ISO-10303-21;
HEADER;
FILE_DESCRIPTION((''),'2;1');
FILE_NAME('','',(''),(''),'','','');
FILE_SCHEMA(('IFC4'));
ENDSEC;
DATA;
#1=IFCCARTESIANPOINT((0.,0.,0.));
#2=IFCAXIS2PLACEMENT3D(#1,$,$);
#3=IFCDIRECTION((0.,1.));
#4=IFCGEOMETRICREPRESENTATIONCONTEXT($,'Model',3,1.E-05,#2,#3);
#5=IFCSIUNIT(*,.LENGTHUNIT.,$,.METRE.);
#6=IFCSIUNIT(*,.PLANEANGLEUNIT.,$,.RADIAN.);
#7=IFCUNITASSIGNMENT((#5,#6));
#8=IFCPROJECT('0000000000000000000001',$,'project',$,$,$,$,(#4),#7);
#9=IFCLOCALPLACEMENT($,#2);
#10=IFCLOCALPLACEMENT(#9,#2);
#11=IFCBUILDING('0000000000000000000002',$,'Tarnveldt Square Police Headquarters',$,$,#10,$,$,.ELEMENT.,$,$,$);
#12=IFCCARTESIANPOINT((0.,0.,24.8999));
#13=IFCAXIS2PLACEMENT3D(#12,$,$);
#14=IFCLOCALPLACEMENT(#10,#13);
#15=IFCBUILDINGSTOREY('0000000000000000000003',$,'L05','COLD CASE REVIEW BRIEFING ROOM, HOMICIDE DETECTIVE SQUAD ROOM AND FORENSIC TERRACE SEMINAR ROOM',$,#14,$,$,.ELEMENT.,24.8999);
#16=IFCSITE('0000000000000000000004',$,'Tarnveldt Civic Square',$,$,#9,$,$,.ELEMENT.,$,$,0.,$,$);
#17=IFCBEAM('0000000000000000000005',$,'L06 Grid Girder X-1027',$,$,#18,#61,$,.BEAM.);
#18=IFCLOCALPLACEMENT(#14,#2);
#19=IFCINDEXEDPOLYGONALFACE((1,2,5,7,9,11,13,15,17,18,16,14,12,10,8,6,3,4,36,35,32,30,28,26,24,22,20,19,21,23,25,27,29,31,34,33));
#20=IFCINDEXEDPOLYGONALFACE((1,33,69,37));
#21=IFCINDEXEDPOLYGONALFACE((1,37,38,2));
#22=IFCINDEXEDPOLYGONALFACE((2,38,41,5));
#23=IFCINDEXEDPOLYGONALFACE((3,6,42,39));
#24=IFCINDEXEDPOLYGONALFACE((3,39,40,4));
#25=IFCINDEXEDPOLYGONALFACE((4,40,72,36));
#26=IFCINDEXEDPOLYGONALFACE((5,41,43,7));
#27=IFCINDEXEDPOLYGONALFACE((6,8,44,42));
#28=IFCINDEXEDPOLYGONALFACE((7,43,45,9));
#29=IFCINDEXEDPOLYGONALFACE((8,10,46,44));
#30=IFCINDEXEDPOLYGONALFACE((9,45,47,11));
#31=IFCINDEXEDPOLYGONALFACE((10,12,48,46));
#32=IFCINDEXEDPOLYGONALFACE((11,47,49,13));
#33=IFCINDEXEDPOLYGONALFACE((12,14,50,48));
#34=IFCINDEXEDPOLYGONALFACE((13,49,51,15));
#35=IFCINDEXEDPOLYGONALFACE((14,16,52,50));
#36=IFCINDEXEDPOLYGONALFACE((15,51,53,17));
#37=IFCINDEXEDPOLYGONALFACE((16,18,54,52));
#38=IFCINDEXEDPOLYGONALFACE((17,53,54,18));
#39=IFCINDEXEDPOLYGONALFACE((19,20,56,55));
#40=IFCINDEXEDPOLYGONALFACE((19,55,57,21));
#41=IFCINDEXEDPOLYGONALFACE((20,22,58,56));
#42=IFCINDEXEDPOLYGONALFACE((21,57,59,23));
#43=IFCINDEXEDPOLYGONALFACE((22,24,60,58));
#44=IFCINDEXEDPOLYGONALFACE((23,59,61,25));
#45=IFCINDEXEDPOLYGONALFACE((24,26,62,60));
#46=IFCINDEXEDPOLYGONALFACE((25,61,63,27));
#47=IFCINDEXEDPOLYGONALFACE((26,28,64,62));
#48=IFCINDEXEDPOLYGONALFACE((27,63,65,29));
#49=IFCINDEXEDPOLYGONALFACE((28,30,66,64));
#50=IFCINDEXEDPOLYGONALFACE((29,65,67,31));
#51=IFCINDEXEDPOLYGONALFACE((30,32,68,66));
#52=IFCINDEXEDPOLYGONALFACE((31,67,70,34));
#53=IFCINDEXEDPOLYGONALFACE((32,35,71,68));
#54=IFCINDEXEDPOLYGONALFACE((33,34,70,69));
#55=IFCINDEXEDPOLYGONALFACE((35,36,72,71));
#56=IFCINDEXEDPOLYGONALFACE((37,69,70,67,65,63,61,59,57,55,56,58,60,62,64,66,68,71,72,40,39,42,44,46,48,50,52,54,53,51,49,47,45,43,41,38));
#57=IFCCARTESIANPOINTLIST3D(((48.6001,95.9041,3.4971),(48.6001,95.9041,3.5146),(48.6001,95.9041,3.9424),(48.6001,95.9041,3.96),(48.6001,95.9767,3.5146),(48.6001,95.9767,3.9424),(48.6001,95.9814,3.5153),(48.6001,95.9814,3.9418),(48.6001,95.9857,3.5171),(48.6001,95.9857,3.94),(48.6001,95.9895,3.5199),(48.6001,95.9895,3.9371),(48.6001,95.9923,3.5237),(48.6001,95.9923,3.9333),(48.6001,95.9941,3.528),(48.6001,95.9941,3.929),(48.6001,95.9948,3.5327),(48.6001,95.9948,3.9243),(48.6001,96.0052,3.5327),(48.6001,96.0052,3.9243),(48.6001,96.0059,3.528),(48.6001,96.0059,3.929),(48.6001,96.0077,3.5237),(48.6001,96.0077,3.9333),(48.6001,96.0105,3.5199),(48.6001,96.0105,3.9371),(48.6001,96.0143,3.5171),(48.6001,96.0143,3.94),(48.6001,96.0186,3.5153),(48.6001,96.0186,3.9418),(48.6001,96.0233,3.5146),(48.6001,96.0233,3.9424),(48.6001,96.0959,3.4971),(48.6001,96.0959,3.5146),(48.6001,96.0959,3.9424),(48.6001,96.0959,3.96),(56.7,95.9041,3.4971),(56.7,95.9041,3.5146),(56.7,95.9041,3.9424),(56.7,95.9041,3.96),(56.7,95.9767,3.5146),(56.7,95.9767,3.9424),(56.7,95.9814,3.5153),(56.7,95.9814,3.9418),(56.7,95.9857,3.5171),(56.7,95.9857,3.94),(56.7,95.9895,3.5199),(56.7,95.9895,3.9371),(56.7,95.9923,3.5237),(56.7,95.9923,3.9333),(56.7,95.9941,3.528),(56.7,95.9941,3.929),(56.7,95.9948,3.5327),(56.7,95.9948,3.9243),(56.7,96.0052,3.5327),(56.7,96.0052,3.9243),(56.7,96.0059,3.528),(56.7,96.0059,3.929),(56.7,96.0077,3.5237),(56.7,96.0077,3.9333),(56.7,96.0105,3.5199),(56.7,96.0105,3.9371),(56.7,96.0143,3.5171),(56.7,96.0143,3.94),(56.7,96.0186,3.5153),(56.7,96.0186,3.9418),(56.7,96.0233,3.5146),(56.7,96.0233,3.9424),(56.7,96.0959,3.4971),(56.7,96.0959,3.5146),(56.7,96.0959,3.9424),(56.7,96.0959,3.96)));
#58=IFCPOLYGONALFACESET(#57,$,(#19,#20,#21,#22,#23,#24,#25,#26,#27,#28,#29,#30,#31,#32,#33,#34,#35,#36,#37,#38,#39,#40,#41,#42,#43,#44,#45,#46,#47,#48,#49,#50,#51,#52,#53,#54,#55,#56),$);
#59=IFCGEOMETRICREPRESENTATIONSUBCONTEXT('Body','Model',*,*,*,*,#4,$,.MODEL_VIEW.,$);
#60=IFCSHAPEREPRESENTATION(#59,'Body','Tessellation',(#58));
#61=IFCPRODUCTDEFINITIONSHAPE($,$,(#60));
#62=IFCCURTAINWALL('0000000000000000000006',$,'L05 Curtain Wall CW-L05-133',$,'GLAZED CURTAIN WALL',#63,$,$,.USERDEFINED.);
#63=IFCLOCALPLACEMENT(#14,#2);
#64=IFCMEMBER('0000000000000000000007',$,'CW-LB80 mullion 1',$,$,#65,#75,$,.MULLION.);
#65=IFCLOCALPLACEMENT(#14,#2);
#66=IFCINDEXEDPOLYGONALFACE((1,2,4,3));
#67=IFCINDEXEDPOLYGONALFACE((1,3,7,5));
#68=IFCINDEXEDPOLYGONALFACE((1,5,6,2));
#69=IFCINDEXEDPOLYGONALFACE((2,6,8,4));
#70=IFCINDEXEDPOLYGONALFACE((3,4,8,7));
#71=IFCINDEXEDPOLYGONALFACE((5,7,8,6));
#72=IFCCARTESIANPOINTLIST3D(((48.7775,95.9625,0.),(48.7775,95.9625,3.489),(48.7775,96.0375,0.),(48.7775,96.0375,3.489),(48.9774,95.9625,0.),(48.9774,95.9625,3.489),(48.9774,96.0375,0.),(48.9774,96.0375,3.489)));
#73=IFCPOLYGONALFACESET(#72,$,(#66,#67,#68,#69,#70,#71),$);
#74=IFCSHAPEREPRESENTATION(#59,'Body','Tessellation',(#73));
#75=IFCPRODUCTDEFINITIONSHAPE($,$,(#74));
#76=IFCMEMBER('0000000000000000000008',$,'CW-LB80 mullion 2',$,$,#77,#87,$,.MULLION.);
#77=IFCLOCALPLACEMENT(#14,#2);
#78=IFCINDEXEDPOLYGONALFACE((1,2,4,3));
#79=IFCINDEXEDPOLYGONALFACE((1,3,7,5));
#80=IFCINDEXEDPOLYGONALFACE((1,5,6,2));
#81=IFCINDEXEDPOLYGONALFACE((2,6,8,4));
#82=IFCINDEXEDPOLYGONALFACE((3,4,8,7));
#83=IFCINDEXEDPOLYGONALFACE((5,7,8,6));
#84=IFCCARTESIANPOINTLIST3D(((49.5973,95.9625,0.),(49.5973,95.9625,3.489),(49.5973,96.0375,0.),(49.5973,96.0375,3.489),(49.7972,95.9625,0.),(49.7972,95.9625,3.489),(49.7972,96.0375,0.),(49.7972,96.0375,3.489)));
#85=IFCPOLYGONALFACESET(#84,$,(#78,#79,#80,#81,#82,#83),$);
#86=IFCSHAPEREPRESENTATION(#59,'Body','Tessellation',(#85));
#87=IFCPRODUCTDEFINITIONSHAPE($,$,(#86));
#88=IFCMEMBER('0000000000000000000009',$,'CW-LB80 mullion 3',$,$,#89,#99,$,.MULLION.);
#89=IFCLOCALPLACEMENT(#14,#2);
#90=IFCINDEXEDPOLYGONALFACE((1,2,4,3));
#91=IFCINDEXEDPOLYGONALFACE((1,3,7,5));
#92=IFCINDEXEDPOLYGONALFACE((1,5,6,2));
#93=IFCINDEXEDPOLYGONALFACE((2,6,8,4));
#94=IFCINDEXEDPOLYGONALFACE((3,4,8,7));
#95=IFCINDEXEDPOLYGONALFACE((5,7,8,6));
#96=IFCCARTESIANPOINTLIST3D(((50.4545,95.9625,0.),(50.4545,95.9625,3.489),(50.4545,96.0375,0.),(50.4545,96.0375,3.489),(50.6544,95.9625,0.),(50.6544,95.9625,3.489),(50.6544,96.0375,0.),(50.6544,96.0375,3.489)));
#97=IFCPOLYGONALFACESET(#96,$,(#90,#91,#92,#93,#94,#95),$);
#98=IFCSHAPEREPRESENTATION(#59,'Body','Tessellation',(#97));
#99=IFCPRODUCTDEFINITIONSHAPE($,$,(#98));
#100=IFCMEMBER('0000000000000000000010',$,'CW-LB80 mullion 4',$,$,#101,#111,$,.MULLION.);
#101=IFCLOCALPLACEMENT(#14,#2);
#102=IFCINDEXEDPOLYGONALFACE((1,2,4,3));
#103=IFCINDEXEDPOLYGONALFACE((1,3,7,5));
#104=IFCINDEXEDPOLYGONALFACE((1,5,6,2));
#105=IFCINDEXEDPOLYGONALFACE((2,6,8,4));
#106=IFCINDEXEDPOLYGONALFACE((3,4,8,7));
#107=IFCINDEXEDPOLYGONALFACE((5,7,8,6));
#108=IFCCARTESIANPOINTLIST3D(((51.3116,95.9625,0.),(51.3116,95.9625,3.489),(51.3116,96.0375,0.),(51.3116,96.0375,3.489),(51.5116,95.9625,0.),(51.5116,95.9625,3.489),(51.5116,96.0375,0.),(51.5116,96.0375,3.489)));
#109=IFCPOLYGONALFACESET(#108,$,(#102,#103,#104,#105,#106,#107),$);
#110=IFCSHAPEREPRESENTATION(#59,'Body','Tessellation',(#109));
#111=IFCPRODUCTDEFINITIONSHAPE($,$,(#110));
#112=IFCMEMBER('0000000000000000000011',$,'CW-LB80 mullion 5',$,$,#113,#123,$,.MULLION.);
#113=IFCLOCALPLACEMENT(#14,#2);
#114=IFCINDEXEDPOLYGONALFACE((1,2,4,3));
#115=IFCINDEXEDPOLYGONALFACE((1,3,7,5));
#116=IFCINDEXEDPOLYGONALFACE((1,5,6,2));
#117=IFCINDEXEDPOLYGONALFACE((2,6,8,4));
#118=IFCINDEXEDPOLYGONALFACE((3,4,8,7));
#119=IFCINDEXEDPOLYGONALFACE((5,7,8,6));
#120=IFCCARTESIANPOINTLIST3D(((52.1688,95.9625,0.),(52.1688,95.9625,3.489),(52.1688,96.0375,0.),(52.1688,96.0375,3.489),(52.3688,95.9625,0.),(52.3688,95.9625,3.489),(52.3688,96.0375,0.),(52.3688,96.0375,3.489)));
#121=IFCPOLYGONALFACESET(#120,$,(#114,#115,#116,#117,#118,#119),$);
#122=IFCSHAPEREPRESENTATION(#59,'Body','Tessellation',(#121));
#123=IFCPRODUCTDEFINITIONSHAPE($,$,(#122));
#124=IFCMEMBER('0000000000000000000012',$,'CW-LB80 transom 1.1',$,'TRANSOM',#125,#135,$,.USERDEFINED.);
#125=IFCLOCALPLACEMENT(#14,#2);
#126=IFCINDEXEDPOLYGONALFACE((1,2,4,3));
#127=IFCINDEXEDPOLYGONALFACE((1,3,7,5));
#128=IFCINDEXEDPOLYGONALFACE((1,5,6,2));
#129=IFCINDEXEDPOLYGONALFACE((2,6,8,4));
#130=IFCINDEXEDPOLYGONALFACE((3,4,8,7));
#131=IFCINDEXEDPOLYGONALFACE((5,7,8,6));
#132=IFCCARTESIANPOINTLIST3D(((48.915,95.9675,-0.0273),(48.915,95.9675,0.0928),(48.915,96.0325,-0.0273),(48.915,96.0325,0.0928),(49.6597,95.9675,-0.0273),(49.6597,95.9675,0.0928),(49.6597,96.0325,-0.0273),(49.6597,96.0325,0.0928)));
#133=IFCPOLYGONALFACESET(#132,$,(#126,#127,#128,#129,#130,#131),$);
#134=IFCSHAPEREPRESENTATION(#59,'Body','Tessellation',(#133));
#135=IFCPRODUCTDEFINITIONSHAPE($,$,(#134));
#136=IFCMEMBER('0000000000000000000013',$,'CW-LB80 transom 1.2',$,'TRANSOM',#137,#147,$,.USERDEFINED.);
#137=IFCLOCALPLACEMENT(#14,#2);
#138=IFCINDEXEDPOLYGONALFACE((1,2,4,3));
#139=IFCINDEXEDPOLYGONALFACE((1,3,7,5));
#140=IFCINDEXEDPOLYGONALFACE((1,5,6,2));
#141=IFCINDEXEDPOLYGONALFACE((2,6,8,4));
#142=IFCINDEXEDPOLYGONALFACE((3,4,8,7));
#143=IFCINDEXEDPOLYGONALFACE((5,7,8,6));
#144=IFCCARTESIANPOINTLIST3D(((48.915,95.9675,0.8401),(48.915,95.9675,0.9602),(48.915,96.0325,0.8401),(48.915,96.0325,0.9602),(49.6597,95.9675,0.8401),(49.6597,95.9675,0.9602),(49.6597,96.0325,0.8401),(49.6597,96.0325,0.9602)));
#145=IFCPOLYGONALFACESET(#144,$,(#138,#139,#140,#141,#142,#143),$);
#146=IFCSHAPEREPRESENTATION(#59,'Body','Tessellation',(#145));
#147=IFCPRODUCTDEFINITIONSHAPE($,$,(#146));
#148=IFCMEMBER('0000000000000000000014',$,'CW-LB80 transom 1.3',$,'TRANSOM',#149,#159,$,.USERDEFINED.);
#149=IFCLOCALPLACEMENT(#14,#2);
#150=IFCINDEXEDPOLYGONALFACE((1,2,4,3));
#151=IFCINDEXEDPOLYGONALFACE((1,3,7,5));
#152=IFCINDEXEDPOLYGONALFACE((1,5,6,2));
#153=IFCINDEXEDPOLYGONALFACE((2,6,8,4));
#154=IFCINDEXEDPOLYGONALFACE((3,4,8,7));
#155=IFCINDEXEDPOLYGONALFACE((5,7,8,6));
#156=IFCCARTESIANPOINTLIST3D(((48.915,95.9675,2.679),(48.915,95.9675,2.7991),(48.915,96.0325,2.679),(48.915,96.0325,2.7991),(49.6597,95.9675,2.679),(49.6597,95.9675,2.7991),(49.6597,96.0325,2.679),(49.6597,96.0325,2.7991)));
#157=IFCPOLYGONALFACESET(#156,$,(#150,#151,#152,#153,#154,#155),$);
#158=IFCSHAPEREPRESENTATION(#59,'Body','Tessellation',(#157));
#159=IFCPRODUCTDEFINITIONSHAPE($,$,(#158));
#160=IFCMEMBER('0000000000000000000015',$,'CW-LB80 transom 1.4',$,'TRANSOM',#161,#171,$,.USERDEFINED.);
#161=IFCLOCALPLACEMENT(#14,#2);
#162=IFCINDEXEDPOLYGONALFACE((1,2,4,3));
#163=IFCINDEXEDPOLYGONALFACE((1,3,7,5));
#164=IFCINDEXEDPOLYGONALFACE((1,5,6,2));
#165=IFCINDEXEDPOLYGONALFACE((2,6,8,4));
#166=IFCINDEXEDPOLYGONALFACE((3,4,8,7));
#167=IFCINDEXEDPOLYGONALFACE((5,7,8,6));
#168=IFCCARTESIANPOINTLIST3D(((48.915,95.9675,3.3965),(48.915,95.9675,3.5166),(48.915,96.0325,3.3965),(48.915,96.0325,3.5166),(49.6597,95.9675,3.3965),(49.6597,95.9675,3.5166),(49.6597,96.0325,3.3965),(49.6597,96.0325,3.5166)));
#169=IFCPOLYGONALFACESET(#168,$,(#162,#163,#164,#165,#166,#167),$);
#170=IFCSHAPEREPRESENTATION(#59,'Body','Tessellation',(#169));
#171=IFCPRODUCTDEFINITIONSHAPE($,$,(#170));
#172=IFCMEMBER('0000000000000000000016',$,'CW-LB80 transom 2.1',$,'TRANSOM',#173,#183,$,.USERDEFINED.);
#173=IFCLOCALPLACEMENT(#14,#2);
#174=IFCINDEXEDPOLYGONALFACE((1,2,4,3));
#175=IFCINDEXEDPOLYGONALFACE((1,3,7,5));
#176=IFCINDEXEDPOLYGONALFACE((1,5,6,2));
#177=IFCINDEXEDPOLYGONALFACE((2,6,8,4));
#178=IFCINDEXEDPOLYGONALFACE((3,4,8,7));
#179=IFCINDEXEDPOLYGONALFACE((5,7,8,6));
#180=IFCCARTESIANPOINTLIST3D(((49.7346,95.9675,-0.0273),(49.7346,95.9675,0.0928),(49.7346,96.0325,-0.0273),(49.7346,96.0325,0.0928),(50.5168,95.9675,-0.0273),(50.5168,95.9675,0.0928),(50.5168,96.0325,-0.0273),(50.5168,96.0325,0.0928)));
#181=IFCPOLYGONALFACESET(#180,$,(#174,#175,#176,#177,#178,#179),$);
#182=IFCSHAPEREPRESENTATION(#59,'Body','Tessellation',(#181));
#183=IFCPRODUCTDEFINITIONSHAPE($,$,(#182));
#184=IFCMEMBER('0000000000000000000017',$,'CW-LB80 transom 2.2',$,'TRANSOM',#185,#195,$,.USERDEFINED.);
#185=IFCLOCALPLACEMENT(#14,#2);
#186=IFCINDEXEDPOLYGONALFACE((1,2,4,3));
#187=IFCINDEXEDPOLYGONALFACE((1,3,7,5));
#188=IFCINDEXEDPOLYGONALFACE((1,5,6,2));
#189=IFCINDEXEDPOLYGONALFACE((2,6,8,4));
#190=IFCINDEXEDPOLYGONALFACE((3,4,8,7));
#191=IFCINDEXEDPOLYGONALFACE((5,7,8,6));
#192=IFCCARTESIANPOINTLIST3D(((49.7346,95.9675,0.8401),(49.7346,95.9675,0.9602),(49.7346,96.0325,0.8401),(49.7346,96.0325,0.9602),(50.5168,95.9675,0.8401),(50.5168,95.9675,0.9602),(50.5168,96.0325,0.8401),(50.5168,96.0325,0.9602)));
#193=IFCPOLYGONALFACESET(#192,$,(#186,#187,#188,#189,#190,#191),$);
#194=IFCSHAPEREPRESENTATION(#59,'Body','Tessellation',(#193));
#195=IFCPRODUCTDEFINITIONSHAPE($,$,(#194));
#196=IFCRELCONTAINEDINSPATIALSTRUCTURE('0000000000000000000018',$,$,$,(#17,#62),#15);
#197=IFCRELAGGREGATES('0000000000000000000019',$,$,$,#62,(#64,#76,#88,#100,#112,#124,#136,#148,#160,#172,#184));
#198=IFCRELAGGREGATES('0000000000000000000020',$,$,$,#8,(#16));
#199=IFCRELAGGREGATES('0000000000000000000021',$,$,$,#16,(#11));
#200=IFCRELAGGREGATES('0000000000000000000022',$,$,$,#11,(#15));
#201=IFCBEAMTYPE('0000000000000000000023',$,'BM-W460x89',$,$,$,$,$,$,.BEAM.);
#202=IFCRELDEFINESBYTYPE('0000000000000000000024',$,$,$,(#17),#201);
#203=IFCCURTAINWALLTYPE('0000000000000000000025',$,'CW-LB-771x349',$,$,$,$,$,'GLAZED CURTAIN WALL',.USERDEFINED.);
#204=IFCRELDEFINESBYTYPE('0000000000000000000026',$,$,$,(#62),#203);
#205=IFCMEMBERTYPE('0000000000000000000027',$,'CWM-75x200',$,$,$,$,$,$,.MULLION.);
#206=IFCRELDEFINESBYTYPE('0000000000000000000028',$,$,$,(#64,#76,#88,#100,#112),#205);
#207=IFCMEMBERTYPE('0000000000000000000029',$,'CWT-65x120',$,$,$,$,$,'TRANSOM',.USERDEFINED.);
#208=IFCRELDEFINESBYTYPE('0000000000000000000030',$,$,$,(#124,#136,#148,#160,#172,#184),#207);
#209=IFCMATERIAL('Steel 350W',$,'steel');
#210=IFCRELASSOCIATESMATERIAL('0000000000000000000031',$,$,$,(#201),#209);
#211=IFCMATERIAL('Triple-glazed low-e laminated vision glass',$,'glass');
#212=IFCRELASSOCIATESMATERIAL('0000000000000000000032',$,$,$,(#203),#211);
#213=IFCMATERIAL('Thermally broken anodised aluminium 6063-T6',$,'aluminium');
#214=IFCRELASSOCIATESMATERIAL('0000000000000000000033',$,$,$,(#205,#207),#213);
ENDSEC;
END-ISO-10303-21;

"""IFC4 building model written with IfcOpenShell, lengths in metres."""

from ifc_helpers import new_model, si_unit, direction, frame, origin, origin_2d, place, context, subcontext, project, spatial, rectangle, i_section, extrude, material, material_profile, profile_set, type_object, element, aggregate, save


model = new_model("IFC4")

# Units and contexts
model_context = context("Model", 3, precision=1e-05, world=origin(), true_north=direction((0.0, 1.0)))
body_context = subcontext(model_context, "Body", "Model", "MODEL_VIEW")
ifc_project = project(units=[si_unit("LENGTHUNIT", "METRE"), si_unit("PLANEANGLEUNIT", "RADIAN")], contexts=[model_context])

# Site, building, storey
site_placement = place(None, origin())
site = spatial("IfcSite", under=ifc_project, at=site_placement, Name="Tarnveldt Civic Square", CompositionType="ELEMENT", RefElevation=0.0)
building_placement = place(site_placement, origin())
building = spatial("IfcBuilding", under=site, at=building_placement, Name="Tarnveldt Square Police Headquarters", CompositionType="ELEMENT")
storey_placement = place(building_placement, frame((0.0, 0.0, 24.8999)))
storey = spatial("IfcBuildingStorey", under=building, at=storey_placement, Name="L05", Description="COLD CASE REVIEW BRIEFING ROOM, HOMICIDE DETECTIVE SQUAD ROOM AND FORENSIC TERRACE SEMINAR ROOM", CompositionType="ELEMENT", Elevation=24.8999)

# Beam
ifc_material_1 = material(Name="Steel 350W", Category="steel")
ifc_material_profile_1 = material_profile(ifc_material_1, i_section(OverallWidth=0.1919, OverallDepth=0.4629, WebThickness=0.0105, FlangeThickness=0.0176, FilletRadius=0.0181, at=origin_2d()), Name="W460x89")
ifc_profile_set_1 = profile_set([ifc_material_profile_1], Name="Steel 350W")
beam_type = type_object("IfcBeamType", Name="BM-W460x89", PredefinedType="BEAM", material=ifc_profile_set_1)
beam_placement = place(storey_placement, frame((48.6001, 96.0, 3.7285), z_axis=(1.0, 0.0, 0.0), x_axis=(0.0, 1.0, 0.0)))
element("IfcBeam", 1, at=beam_placement, inside=storey, type_object=beam_type, Name="L06 Grid Girder X-1027", PredefinedType="BEAM", context=body_context, shape_type="SweptSolid", body=[
    extrude(i_section(OverallWidth=0.1919, OverallDepth=0.4629, WebThickness=0.0105, FlangeThickness=0.0176, FilletRadius=0.0181, at=origin_2d()), origin(), (0.0, 0.0, 1.0), 8.0999),
])

# Curtain wall, members
ifc_material_2 = material(Name="Triple-glazed low-e laminated vision glass", Category="glass")
curtain_wall_type = type_object("IfcCurtainWallType", Name="CW-LB-771x349", ElementType="GLAZED CURTAIN WALL", PredefinedType="USERDEFINED", material=ifc_material_2)
curtain_wall_placement = place(storey_placement, origin())
curtain_wall = element("IfcCurtainWall", 2, at=curtain_wall_placement, inside=storey, type_object=curtain_wall_type, Name="L05 Curtain Wall CW-L05-133", ObjectType="GLAZED CURTAIN WALL", PredefinedType="USERDEFINED")
ifc_material_3 = material(Name="Thermally broken anodised aluminium 6063-T6", Category="aluminium")
ifc_material_profile_2 = material_profile(ifc_material_3, rectangle(XDim=0.075, YDim=0.2, at=origin_2d()), Name="CW-M75x200")
ifc_profile_set_2 = profile_set([ifc_material_profile_2], Name="Thermally broken anodised aluminium 6063-T6")
member_type_1 = type_object("IfcMemberType", Name="CWM-75x200", PredefinedType="MULLION", material=ifc_profile_set_2)
member_1_placement = place(storey_placement, frame((48.8774, 96.0, 0.0), z_axis=(0.0, 0.0, 1.0), x_axis=(0.0, 1.0, 0.0)))
member_1 = element("IfcMember", 3, at=member_1_placement, type_object=member_type_1, Name="CW-LB80 mullion 1", PredefinedType="MULLION", context=body_context, shape_type="SweptSolid", body=[
    extrude(rectangle(XDim=0.075, YDim=0.2, at=origin_2d()), origin(), (0.0, 0.0, 1.0), 3.489),
])
member_2_placement = place(storey_placement, frame((49.6973, 96.0, 0.0), z_axis=(0.0, 0.0, 1.0), x_axis=(0.0, 1.0, 0.0)))
member_2 = element("IfcMember", 4, at=member_2_placement, type_object=member_type_1, Name="CW-LB80 mullion 2", PredefinedType="MULLION", context=body_context, shape_type="SweptSolid", body=[
    extrude(rectangle(XDim=0.075, YDim=0.2, at=origin_2d()), origin(), (0.0, 0.0, 1.0), 3.489),
])
member_3_placement = place(storey_placement, frame((50.5544, 96.0, 0.0), z_axis=(0.0, 0.0, 1.0), x_axis=(0.0, 1.0, 0.0)))
member_3 = element("IfcMember", 5, at=member_3_placement, type_object=member_type_1, Name="CW-LB80 mullion 3", PredefinedType="MULLION", context=body_context, shape_type="SweptSolid", body=[
    extrude(rectangle(XDim=0.075, YDim=0.2, at=origin_2d()), origin(), (0.0, 0.0, 1.0), 3.489),
])
member_4_placement = place(storey_placement, frame((51.4116, 96.0, 0.0), z_axis=(0.0, 0.0, 1.0), x_axis=(0.0, 1.0, 0.0)))
member_4 = element("IfcMember", 6, at=member_4_placement, type_object=member_type_1, Name="CW-LB80 mullion 4", PredefinedType="MULLION", context=body_context, shape_type="SweptSolid", body=[
    extrude(rectangle(XDim=0.075, YDim=0.2, at=origin_2d()), origin(), (0.0, 0.0, 1.0), 3.489),
])
member_5_placement = place(storey_placement, frame((52.2688, 96.0, 0.0), z_axis=(0.0, 0.0, 1.0), x_axis=(0.0, 1.0, 0.0)))
member_5 = element("IfcMember", 7, at=member_5_placement, type_object=member_type_1, Name="CW-LB80 mullion 5", PredefinedType="MULLION", context=body_context, shape_type="SweptSolid", body=[
    extrude(rectangle(XDim=0.075, YDim=0.2, at=origin_2d()), origin(), (0.0, 0.0, 1.0), 3.489),
])
ifc_material_profile_3 = material_profile(ifc_material_3, rectangle(XDim=0.0649, YDim=0.1201, at=origin_2d()), Name="CW-T65x120")
ifc_profile_set_3 = profile_set([ifc_material_profile_3], Name="Thermally broken anodised aluminium 6063-T6")
member_type_2 = type_object("IfcMemberType", Name="CWT-65x120", ElementType="TRANSOM", PredefinedType="USERDEFINED", material=ifc_profile_set_3)
member_6_placement = place(storey_placement, frame((48.915, 96.0, 0.0327), z_axis=(1.0, 0.0, 0.0), x_axis=(0.0, 1.0, 0.0)))
member_6 = element("IfcMember", 8, at=member_6_placement, type_object=member_type_2, Name="CW-LB80 transom 1.1", ObjectType="TRANSOM", PredefinedType="USERDEFINED", context=body_context, shape_type="SweptSolid", body=[
    extrude(rectangle(XDim=0.0649, YDim=0.1201, at=origin_2d()), origin(), (0.0, 0.0, 1.0), 0.7446),
])
member_7_placement = place(storey_placement, frame((48.915, 96.0, 0.9001), z_axis=(1.0, 0.0, 0.0), x_axis=(0.0, 1.0, 0.0)))
member_7 = element("IfcMember", 9, at=member_7_placement, type_object=member_type_2, Name="CW-LB80 transom 1.2", ObjectType="TRANSOM", PredefinedType="USERDEFINED", context=body_context, shape_type="SweptSolid", body=[
    extrude(rectangle(XDim=0.0649, YDim=0.1201, at=origin_2d()), origin(), (0.0, 0.0, 1.0), 0.7446),
])
member_8_placement = place(storey_placement, frame((48.915, 96.0, 2.739), z_axis=(1.0, 0.0, 0.0), x_axis=(0.0, 1.0, 0.0)))
member_8 = element("IfcMember", 10, at=member_8_placement, type_object=member_type_2, Name="CW-LB80 transom 1.3", ObjectType="TRANSOM", PredefinedType="USERDEFINED", context=body_context, shape_type="SweptSolid", body=[
    extrude(rectangle(XDim=0.0649, YDim=0.1201, at=origin_2d()), origin(), (0.0, 0.0, 1.0), 0.7446),
])
member_9_placement = place(storey_placement, frame((48.915, 96.0, 3.4565), z_axis=(1.0, 0.0, 0.0), x_axis=(0.0, 1.0, 0.0)))
member_9 = element("IfcMember", 11, at=member_9_placement, type_object=member_type_2, Name="CW-LB80 transom 1.4", ObjectType="TRANSOM", PredefinedType="USERDEFINED", context=body_context, shape_type="SweptSolid", body=[
    extrude(rectangle(XDim=0.0649, YDim=0.1201, at=origin_2d()), origin(), (0.0, 0.0, 1.0), 0.7446),
])
member_10_placement = place(storey_placement, frame((49.7346, 96.0, 0.0327), z_axis=(1.0, 0.0, 0.0), x_axis=(0.0, 1.0, 0.0)))
member_10 = element("IfcMember", 12, at=member_10_placement, type_object=member_type_2, Name="CW-LB80 transom 2.1", ObjectType="TRANSOM", PredefinedType="USERDEFINED", context=body_context, shape_type="SweptSolid", body=[
    extrude(rectangle(XDim=0.0649, YDim=0.1201, at=origin_2d()), origin(), (0.0, 0.0, 1.0), 0.7822),
])
member_11_placement = place(storey_placement, frame((49.7346, 96.0, 0.9001), z_axis=(1.0, 0.0, 0.0), x_axis=(0.0, 1.0, 0.0)))
member_11 = element("IfcMember", 13, at=member_11_placement, type_object=member_type_2, Name="CW-LB80 transom 2.2", ObjectType="TRANSOM", PredefinedType="USERDEFINED", context=body_context, shape_type="SweptSolid", body=[
    extrude(rectangle(XDim=0.0649, YDim=0.1201, at=origin_2d()), origin(), (0.0, 0.0, 1.0), 0.7822),
])
aggregate(curtain_wall, [member_1, member_2, member_3, member_4, member_5, member_6, member_7, member_8, member_9, member_10, member_11])

save(model, "model.ifc")
